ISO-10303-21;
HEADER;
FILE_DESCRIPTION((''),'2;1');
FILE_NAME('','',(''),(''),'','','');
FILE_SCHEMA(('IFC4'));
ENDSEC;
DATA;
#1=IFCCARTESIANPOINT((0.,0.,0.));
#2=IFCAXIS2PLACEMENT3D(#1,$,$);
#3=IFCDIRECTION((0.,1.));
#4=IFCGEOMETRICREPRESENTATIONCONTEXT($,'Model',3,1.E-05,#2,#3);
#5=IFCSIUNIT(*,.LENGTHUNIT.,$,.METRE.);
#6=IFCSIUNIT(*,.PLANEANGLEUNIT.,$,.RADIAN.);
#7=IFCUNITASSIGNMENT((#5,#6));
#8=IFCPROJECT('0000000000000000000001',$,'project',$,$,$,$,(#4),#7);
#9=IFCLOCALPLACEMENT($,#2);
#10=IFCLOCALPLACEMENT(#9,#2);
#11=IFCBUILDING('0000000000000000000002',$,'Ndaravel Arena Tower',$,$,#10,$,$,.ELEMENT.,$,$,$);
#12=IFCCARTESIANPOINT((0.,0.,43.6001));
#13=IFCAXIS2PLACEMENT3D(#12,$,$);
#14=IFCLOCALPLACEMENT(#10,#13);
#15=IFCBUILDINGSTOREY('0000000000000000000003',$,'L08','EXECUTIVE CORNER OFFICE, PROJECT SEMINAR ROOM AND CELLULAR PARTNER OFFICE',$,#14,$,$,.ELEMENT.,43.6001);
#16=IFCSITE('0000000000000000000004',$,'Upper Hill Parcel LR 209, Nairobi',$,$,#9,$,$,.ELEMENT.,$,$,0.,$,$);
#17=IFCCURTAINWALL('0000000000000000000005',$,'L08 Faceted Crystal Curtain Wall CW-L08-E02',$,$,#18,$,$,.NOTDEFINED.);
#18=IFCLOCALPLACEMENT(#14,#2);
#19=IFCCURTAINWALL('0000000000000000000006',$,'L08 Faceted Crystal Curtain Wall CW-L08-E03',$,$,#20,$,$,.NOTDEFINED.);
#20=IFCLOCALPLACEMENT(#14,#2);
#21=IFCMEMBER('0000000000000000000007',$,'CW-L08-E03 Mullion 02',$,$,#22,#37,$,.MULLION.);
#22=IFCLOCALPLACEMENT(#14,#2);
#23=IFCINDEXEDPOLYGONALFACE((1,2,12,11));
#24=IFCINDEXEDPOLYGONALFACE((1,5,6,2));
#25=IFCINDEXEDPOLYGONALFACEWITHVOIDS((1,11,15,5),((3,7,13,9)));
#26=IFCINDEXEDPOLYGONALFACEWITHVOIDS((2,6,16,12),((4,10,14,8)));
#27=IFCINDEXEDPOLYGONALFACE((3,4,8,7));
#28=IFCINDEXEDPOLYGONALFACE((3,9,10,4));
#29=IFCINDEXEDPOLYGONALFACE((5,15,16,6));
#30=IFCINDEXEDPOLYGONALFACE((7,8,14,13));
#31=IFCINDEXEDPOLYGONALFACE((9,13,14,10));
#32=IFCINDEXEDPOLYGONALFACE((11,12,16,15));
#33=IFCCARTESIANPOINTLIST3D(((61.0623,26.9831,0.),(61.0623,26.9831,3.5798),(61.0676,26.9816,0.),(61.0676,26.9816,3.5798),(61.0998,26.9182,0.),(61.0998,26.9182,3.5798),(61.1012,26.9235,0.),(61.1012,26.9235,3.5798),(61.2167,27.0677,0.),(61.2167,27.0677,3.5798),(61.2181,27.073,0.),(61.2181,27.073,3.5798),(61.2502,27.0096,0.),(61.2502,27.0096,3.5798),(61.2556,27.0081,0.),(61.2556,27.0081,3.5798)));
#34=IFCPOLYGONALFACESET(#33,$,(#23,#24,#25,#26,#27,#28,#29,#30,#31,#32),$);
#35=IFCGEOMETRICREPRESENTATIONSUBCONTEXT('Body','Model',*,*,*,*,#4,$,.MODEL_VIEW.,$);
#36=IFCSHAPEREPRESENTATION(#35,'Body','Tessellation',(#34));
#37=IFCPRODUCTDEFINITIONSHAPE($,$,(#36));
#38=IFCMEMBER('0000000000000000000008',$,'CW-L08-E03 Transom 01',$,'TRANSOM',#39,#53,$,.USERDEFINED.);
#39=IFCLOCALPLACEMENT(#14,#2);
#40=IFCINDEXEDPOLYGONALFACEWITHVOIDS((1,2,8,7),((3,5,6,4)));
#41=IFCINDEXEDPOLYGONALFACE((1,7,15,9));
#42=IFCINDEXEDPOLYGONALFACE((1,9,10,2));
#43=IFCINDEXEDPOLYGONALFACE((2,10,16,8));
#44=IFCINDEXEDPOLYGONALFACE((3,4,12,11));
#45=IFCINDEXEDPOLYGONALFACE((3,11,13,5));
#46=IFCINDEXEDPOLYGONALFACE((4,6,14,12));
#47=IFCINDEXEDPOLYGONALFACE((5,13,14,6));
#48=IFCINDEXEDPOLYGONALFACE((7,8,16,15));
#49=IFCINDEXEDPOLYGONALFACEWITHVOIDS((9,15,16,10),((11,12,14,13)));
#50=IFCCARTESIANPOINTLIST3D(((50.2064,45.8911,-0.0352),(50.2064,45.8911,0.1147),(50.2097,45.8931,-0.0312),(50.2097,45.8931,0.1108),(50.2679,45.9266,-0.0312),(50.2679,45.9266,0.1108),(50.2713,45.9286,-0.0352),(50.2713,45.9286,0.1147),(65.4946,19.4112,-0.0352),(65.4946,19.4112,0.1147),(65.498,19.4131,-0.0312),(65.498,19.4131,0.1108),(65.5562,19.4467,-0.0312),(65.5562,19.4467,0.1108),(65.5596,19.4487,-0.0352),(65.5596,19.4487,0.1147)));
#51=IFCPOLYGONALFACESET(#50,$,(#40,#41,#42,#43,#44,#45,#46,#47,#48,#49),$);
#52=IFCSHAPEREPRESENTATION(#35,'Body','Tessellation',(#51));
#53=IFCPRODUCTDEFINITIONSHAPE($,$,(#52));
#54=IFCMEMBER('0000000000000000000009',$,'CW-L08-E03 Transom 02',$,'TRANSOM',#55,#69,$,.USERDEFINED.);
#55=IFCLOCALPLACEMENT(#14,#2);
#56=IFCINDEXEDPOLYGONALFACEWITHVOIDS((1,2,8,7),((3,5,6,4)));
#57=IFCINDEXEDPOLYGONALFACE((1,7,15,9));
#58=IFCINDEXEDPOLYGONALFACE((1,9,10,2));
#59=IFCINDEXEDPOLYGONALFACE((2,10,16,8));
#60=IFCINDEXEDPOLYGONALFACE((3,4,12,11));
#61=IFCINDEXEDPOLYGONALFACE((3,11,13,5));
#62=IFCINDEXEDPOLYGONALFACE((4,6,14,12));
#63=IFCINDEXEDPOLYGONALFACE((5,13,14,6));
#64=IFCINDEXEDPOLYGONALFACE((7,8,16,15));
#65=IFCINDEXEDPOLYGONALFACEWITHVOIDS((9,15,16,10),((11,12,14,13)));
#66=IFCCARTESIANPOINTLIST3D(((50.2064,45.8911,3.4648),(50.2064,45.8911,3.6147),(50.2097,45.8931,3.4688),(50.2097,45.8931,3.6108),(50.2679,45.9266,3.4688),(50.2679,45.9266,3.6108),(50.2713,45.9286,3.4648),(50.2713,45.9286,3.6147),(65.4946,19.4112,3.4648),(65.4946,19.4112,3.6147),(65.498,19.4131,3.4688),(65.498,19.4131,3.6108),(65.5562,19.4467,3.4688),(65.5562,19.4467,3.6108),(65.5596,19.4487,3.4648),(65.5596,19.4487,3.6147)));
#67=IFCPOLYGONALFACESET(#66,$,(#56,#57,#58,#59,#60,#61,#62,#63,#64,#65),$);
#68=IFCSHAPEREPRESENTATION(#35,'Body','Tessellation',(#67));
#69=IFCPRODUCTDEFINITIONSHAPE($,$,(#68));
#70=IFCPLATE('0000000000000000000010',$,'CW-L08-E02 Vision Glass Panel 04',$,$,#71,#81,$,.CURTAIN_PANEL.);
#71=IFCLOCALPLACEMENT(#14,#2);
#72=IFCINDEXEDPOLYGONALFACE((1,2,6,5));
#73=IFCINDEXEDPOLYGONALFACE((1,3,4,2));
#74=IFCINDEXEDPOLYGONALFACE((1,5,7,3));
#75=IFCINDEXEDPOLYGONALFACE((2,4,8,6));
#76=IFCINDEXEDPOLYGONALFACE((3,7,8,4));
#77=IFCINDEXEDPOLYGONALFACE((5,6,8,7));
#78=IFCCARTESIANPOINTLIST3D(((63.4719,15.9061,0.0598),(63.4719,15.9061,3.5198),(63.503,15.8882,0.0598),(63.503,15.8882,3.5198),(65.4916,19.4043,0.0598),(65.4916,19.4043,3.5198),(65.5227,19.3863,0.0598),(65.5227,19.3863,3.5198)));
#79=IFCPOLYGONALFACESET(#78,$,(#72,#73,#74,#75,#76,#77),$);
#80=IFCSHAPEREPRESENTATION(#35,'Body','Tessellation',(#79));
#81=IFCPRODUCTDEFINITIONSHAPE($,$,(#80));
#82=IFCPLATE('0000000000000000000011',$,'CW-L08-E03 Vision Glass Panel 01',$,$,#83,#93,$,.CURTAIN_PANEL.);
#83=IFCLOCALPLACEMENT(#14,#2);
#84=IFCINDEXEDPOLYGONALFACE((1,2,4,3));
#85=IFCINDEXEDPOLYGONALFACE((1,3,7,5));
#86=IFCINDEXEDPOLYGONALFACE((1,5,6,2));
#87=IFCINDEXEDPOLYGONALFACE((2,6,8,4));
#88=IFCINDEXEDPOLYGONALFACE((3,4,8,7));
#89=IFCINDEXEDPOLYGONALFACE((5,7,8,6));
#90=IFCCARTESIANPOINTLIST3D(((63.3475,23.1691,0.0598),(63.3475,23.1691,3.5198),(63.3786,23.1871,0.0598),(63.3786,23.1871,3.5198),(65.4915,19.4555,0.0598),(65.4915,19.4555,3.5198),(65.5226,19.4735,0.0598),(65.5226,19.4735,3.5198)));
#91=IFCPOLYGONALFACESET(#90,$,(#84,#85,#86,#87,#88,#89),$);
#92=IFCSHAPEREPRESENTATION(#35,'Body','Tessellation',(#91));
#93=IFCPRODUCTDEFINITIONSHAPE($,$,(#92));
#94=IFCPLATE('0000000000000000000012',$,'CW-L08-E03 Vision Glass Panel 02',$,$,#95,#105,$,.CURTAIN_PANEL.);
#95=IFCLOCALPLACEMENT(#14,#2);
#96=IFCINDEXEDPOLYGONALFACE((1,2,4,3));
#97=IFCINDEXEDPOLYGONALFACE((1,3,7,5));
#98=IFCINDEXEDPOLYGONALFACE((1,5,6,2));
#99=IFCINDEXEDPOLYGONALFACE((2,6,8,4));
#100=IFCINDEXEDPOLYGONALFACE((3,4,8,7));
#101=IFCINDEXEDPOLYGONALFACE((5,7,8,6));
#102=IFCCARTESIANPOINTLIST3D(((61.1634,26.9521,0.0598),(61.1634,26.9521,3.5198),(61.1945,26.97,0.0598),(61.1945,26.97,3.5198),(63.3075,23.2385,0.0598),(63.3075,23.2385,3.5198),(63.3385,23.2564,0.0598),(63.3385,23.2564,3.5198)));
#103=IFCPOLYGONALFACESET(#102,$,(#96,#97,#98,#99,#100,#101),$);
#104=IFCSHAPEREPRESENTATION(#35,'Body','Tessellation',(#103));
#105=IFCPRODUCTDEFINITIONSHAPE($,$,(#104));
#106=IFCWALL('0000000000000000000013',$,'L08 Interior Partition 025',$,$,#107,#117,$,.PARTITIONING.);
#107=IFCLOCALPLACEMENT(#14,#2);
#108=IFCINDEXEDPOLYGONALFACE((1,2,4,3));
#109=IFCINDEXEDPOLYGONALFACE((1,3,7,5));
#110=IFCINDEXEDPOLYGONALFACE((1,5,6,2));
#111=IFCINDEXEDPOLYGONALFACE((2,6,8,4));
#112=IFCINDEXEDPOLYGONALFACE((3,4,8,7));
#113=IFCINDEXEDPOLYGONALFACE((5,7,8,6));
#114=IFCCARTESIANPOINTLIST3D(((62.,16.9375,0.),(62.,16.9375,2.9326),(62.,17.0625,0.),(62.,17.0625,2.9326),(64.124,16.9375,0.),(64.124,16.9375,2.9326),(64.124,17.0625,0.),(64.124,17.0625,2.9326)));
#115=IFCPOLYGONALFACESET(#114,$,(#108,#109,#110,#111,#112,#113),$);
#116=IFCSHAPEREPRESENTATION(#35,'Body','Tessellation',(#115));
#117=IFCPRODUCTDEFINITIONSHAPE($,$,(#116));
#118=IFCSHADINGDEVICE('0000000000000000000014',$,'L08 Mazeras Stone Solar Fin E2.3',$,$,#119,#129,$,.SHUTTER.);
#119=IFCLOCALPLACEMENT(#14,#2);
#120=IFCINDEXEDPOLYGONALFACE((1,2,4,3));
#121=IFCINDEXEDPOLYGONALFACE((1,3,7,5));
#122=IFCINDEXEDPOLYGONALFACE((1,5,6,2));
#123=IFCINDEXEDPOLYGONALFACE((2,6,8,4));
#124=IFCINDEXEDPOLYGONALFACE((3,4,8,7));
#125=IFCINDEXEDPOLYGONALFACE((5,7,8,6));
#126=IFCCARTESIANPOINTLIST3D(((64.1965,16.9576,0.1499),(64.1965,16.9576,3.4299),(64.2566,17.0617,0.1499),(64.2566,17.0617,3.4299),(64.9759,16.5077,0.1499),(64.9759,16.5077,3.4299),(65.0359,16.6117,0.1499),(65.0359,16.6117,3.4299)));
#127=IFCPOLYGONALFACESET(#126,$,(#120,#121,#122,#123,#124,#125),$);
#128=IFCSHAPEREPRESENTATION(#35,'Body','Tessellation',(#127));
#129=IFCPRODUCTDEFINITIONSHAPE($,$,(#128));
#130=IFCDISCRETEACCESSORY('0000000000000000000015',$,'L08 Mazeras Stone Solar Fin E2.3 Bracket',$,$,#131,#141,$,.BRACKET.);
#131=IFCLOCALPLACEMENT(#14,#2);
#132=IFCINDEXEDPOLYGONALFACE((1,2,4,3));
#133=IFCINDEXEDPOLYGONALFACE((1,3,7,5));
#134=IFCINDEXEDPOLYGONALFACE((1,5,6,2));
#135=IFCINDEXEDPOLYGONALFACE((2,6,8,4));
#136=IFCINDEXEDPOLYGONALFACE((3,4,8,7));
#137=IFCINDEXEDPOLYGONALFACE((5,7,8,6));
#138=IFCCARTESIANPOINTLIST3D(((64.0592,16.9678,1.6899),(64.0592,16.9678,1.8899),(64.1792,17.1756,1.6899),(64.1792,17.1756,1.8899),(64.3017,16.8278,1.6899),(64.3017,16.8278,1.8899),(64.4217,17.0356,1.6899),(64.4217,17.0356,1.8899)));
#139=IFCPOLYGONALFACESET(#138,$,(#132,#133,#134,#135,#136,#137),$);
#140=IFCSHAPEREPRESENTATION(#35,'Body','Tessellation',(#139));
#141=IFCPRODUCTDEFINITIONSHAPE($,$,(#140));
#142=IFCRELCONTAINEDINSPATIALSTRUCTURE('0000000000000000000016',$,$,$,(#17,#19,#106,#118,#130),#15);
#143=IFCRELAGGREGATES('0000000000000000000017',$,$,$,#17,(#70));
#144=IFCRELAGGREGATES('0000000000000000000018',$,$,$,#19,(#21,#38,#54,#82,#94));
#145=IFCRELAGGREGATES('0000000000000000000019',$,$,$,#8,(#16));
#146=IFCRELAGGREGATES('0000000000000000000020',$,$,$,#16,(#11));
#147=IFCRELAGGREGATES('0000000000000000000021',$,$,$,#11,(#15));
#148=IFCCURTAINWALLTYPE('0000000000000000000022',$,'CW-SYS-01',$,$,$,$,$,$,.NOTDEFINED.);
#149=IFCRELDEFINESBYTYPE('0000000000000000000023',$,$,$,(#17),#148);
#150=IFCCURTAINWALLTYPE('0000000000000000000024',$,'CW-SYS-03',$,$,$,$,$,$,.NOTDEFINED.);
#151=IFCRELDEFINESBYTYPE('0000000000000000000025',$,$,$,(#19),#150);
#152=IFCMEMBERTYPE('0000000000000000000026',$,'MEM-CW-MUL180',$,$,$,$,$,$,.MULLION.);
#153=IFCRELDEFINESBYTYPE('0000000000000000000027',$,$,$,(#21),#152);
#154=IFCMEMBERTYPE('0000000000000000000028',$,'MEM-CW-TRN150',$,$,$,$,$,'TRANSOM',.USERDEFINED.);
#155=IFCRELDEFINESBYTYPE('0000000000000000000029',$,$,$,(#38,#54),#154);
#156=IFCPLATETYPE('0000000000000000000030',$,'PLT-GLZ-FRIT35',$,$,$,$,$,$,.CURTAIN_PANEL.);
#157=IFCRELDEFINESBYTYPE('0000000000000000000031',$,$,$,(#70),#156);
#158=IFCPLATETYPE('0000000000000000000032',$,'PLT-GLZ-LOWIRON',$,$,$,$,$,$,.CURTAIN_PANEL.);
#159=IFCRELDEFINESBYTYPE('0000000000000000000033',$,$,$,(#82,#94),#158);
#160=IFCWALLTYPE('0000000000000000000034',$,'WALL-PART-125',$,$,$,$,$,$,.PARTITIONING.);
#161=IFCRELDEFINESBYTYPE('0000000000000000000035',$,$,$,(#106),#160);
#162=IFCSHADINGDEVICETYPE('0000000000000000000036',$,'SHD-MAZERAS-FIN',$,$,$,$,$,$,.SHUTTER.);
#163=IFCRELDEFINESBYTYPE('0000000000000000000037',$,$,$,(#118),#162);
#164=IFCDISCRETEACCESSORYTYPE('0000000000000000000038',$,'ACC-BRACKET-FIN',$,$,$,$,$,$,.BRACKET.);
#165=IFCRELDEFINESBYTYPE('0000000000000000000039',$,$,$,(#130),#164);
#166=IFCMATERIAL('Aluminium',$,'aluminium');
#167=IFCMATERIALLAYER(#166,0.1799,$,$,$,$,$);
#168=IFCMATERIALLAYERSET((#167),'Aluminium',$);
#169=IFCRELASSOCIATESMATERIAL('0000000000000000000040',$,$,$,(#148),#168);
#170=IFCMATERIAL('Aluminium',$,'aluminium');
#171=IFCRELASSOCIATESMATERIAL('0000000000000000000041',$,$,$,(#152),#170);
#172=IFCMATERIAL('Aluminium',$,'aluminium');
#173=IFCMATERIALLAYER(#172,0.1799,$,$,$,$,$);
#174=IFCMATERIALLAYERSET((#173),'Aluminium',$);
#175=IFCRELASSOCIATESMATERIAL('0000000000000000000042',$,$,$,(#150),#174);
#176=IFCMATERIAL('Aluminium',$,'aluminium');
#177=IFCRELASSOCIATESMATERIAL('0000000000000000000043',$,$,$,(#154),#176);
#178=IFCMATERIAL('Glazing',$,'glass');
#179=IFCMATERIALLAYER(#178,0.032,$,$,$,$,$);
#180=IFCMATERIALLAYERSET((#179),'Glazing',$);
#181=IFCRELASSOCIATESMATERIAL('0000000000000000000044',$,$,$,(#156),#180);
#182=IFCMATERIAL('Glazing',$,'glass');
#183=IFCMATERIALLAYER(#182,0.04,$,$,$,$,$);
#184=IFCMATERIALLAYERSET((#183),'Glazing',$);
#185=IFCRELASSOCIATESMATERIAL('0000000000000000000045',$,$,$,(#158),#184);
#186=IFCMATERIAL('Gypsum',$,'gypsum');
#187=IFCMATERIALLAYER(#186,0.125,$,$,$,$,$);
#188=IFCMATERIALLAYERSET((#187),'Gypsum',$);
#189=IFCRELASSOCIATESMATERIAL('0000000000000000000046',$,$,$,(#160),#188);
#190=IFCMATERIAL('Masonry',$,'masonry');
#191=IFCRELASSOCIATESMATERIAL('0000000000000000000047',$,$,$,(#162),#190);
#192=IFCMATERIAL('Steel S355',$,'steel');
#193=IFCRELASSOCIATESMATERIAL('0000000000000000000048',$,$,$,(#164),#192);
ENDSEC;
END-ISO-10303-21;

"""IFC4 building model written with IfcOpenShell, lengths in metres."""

from ifc_helpers import new_model, si_unit, direction, frame, frame_2d, origin, origin_2d, place, context, subcontext, project, spatial, rectangle, hollow_rectangle, extrude, material, layer, layer_set, material_profile, profile_set, type_object, element, aggregate, save


model = new_model("IFC4")

# Units and contexts
model_context = context("Model", 3, precision=1e-05, world=origin(), true_north=direction((0.0, 1.0)))
body_context = subcontext(model_context, "Body", "Model", "MODEL_VIEW")
ifc_project = project(units=[si_unit("LENGTHUNIT", "METRE"), si_unit("PLANEANGLEUNIT", "RADIAN")], contexts=[model_context])

# Site, building, storey
site_placement = place(None, origin())
site = spatial("IfcSite", under=ifc_project, at=site_placement, Name="Upper Hill Parcel LR 209, Nairobi", CompositionType="ELEMENT", RefElevation=0.0)
building_placement = place(site_placement, origin())
building = spatial("IfcBuilding", under=site, at=building_placement, Name="Ndaravel Arena Tower", CompositionType="ELEMENT")
storey_placement = place(building_placement, frame((0.0, 0.0, 43.6001)))
storey = spatial("IfcBuildingStorey", under=building, at=storey_placement, Name="L08", Description="EXECUTIVE CORNER OFFICE, PROJECT SEMINAR ROOM AND CELLULAR PARTNER OFFICE", CompositionType="ELEMENT", Elevation=43.6001)

# Curtain wall
ifc_material_1 = material(Name="Aluminium", Category="aluminium")
ifc_layer_1 = layer(ifc_material_1, 0.1799)
ifc_layer_set_1 = layer_set([ifc_layer_1], Name="Aluminium")
curtain_wall_type_1 = type_object("IfcCurtainWallType", Name="CW-SYS-01", PredefinedType="NOTDEFINED", material=ifc_layer_set_1)
curtain_wall_1_placement = place(storey_placement, origin())
curtain_wall_1 = element("IfcCurtainWall", 1, at=curtain_wall_1_placement, inside=storey, type_object=curtain_wall_type_1, Name="L08 Faceted Crystal Curtain Wall CW-L08-E02", PredefinedType="NOTDEFINED")
ifc_material_2 = material(Name="Aluminium", Category="aluminium")
ifc_material_profile_1 = material_profile(ifc_material_2, hollow_rectangle(XDim=0.075, YDim=0.1799, WallThickness=0.0039, at=origin_2d()), Name="CW MULLION 75x180x4")
ifc_profile_set_1 = profile_set([ifc_material_profile_1], Name="Aluminium")
member_type_1 = type_object("IfcMemberType", Name="MEM-CW-MUL180", PredefinedType="MULLION", material=ifc_profile_set_1)

# Curtain wall, members
ifc_material_3 = material(Name="Aluminium", Category="aluminium")
ifc_layer_2 = layer(ifc_material_3, 0.1799)
ifc_layer_set_2 = layer_set([ifc_layer_2], Name="Aluminium")
curtain_wall_type_2 = type_object("IfcCurtainWallType", Name="CW-SYS-03", PredefinedType="NOTDEFINED", material=ifc_layer_set_2)
curtain_wall_2_placement = place(storey_placement, origin())
curtain_wall_2 = element("IfcCurtainWall", 2, at=curtain_wall_2_placement, inside=storey, type_object=curtain_wall_type_2, Name="L08 Faceted Crystal Curtain Wall CW-L08-E03", PredefinedType="NOTDEFINED")
member_1_placement = place(storey_placement, frame((61.1589, 26.9956, 0.0), z_axis=(0.0, 0.0, 1.0), x_axis=(-0.5, 0.866025, 0.0)))
member_1 = element("IfcMember", 3, at=member_1_placement, type_object=member_type_1, Name="CW-L08-E03 Mullion 02", PredefinedType="MULLION", context=body_context, shape_type="SweptSolid", body=[
    extrude(hollow_rectangle(XDim=0.075, YDim=0.1799, WallThickness=0.0039, at=origin_2d()), origin(), (0.0, 0.0, 1.0), 3.5798),
])
ifc_material_4 = material(Name="Aluminium", Category="aluminium")
ifc_material_profile_2 = material_profile(ifc_material_4, hollow_rectangle(XDim=0.075, YDim=0.1499, WallThickness=0.0039, at=origin_2d()), Name="CW TRANSOM 75x150x4")
ifc_profile_set_2 = profile_set([ifc_material_profile_2], Name="Aluminium")
member_type_2 = type_object("IfcMemberType", Name="MEM-CW-TRN150", ElementType="TRANSOM", PredefinedType="USERDEFINED", material=ifc_profile_set_2)
member_2_placement = place(storey_placement, frame((65.5271, 19.4299, 0.0398), z_axis=(-0.500003, 0.866024, 0.0), x_axis=(-0.866024, -0.500003, 0.0)))
member_2 = element("IfcMember", 4, at=member_2_placement, type_object=member_type_2, Name="CW-L08-E03 Transom 01", ObjectType="TRANSOM", PredefinedType="USERDEFINED", context=body_context, shape_type="SweptSolid", body=[
    extrude(hollow_rectangle(XDim=0.075, YDim=0.1499, WallThickness=0.0039, at=origin_2d()), origin(), (0.0, 0.0, 1.0), 30.5764),
])
member_3_placement = place(storey_placement, frame((65.5271, 19.4299, 3.5398), z_axis=(-0.500003, 0.866024, 0.0), x_axis=(-0.866024, -0.500003, 0.0)))
member_3 = element("IfcMember", 5, at=member_3_placement, type_object=member_type_2, Name="CW-L08-E03 Transom 02", ObjectType="TRANSOM", PredefinedType="USERDEFINED", context=body_context, shape_type="SweptSolid", body=[
    extrude(hollow_rectangle(XDim=0.075, YDim=0.1499, WallThickness=0.0039, at=origin_2d()), origin(), (0.0, 0.0, 1.0), 30.5764),
])

# Plates
ifc_material_5 = material(Name="Glazing", Category="glass")
ifc_layer_3 = layer(ifc_material_5, 0.032)
ifc_layer_set_3 = layer_set([ifc_layer_3], Name="Glazing")
plate_type_1 = type_object("IfcPlateType", Name="PLT-GLZ-FRIT35", PredefinedType="CURTAIN_PANEL", material=ifc_layer_set_3)
plate_1_placement = place(storey_placement, frame((64.4973, 17.6462, 0.0598), z_axis=(0.0, 0.0, 1.0), x_axis=(0.5, 0.866025, 0.0)))
plate_1 = element("IfcPlate", 6, at=plate_1_placement, type_object=plate_type_1, Name="CW-L08-E02 Vision Glass Panel 04", PredefinedType="CURTAIN_PANEL", context=body_context, shape_type="SweptSolid", body=[
    extrude(rectangle(XDim=4.0393, YDim=0.0359, at=origin_2d()), origin(), (0.0, 0.0, 1.0), 3.46),
])
aggregate(curtain_wall_1, [plate_1])
ifc_material_6 = material(Name="Glazing", Category="glass")
ifc_layer_4 = layer(ifc_material_6, 0.04)
ifc_layer_set_4 = layer_set([ifc_layer_4], Name="Glazing")
plate_type_2 = type_object("IfcPlateType", Name="PLT-GLZ-LOWIRON", PredefinedType="CURTAIN_PANEL", material=ifc_layer_set_4)
plate_2_placement = place(storey_placement, frame((64.4351, 21.3213, 0.0598), z_axis=(0.0, 0.0, 1.0), x_axis=(-0.5, 0.866025, 0.0)))
plate_2 = element("IfcPlate", 7, at=plate_2_placement, type_object=plate_type_2, Name="CW-L08-E03 Vision Glass Panel 01", PredefinedType="CURTAIN_PANEL", context=body_context, shape_type="SweptSolid", body=[
    extrude(rectangle(XDim=4.2881, YDim=0.0359, at=origin_2d()), origin(), (0.0, 0.0, 1.0), 3.46),
])
plate_3_placement = place(storey_placement, frame((62.251, 25.1042, 0.0598), z_axis=(0.0, 0.0, 1.0), x_axis=(-0.5, 0.866025, 0.0)))
plate_3 = element("IfcPlate", 8, at=plate_3_placement, type_object=plate_type_2, Name="CW-L08-E03 Vision Glass Panel 02", PredefinedType="CURTAIN_PANEL", context=body_context, shape_type="SweptSolid", body=[
    extrude(rectangle(XDim=4.2881, YDim=0.0359, at=origin_2d()), origin(), (0.0, 0.0, 1.0), 3.46),
])
aggregate(curtain_wall_2, [member_1, member_2, member_3, plate_2, plate_3])

# Wall
ifc_material_7 = material(Name="Gypsum", Category="gypsum")
ifc_layer_5 = layer(ifc_material_7, 0.125)
ifc_layer_set_5 = layer_set([ifc_layer_5], Name="Gypsum")
wall_type = type_object("IfcWallType", Name="WALL-PART-125", PredefinedType="PARTITIONING", material=ifc_layer_set_5)
wall_placement = place(storey_placement, frame((62.0, 17.0, 0.0), z_axis=(0.0, 0.0, 1.0), x_axis=(1.0, 0.0, 0.0)))
element("IfcWall", 9, at=wall_placement, inside=storey, type_object=wall_type, Name="L08 Interior Partition 025", PredefinedType="PARTITIONING", context=body_context, shape_type="SweptSolid", body=[
    extrude(rectangle(XDim=2.124, YDim=0.125, at=frame_2d((1.062, 0.0))), origin(), (0.0, 0.0, 1.0), 2.9326),
])

# Shading device
ifc_material_8 = material(Name="Masonry", Category="masonry")
shading_device_type = type_object("IfcShadingDeviceType", Name="SHD-MAZERAS-FIN", PredefinedType="SHUTTER", material=ifc_material_8)
shading_device_placement = place(storey_placement, frame((64.6162, 16.7847, 0.1499), z_axis=(0.0, 0.0, 1.0), x_axis=(0.866025, -0.5, 0.0)))
element("IfcShadingDevice", 10, at=shading_device_placement, inside=storey, type_object=shading_device_type, Name="L08 Mazeras Stone Solar Fin E2.3", PredefinedType="SHUTTER", context=body_context, shape_type="SweptSolid", body=[
    extrude(rectangle(XDim=0.8999, YDim=0.1201, at=origin_2d()), origin(), (0.0, 0.0, 1.0), 3.28),
])

# Discrete accessory
ifc_material_9 = material(Name="Steel S355", Category="steel")
discrete_accessory_type = type_object("IfcDiscreteAccessoryType", Name="ACC-BRACKET-FIN", PredefinedType="BRACKET", material=ifc_material_9)
discrete_accessory_placement = place(storey_placement, frame((64.2405, 17.0017, 1.6899), z_axis=(0.0, 0.0, 1.0), x_axis=(0.866025, -0.5, 0.0)))
element("IfcDiscreteAccessory", 11, at=discrete_accessory_placement, inside=storey, type_object=discrete_accessory_type, Name="L08 Mazeras Stone Solar Fin E2.3 Bracket", PredefinedType="BRACKET", context=body_context, shape_type="SweptSolid", body=[
    extrude(rectangle(XDim=0.28, YDim=0.24, at=origin_2d()), origin(), (0.0, 0.0, 1.0), 0.2),
])

save(model, "model.ifc")
